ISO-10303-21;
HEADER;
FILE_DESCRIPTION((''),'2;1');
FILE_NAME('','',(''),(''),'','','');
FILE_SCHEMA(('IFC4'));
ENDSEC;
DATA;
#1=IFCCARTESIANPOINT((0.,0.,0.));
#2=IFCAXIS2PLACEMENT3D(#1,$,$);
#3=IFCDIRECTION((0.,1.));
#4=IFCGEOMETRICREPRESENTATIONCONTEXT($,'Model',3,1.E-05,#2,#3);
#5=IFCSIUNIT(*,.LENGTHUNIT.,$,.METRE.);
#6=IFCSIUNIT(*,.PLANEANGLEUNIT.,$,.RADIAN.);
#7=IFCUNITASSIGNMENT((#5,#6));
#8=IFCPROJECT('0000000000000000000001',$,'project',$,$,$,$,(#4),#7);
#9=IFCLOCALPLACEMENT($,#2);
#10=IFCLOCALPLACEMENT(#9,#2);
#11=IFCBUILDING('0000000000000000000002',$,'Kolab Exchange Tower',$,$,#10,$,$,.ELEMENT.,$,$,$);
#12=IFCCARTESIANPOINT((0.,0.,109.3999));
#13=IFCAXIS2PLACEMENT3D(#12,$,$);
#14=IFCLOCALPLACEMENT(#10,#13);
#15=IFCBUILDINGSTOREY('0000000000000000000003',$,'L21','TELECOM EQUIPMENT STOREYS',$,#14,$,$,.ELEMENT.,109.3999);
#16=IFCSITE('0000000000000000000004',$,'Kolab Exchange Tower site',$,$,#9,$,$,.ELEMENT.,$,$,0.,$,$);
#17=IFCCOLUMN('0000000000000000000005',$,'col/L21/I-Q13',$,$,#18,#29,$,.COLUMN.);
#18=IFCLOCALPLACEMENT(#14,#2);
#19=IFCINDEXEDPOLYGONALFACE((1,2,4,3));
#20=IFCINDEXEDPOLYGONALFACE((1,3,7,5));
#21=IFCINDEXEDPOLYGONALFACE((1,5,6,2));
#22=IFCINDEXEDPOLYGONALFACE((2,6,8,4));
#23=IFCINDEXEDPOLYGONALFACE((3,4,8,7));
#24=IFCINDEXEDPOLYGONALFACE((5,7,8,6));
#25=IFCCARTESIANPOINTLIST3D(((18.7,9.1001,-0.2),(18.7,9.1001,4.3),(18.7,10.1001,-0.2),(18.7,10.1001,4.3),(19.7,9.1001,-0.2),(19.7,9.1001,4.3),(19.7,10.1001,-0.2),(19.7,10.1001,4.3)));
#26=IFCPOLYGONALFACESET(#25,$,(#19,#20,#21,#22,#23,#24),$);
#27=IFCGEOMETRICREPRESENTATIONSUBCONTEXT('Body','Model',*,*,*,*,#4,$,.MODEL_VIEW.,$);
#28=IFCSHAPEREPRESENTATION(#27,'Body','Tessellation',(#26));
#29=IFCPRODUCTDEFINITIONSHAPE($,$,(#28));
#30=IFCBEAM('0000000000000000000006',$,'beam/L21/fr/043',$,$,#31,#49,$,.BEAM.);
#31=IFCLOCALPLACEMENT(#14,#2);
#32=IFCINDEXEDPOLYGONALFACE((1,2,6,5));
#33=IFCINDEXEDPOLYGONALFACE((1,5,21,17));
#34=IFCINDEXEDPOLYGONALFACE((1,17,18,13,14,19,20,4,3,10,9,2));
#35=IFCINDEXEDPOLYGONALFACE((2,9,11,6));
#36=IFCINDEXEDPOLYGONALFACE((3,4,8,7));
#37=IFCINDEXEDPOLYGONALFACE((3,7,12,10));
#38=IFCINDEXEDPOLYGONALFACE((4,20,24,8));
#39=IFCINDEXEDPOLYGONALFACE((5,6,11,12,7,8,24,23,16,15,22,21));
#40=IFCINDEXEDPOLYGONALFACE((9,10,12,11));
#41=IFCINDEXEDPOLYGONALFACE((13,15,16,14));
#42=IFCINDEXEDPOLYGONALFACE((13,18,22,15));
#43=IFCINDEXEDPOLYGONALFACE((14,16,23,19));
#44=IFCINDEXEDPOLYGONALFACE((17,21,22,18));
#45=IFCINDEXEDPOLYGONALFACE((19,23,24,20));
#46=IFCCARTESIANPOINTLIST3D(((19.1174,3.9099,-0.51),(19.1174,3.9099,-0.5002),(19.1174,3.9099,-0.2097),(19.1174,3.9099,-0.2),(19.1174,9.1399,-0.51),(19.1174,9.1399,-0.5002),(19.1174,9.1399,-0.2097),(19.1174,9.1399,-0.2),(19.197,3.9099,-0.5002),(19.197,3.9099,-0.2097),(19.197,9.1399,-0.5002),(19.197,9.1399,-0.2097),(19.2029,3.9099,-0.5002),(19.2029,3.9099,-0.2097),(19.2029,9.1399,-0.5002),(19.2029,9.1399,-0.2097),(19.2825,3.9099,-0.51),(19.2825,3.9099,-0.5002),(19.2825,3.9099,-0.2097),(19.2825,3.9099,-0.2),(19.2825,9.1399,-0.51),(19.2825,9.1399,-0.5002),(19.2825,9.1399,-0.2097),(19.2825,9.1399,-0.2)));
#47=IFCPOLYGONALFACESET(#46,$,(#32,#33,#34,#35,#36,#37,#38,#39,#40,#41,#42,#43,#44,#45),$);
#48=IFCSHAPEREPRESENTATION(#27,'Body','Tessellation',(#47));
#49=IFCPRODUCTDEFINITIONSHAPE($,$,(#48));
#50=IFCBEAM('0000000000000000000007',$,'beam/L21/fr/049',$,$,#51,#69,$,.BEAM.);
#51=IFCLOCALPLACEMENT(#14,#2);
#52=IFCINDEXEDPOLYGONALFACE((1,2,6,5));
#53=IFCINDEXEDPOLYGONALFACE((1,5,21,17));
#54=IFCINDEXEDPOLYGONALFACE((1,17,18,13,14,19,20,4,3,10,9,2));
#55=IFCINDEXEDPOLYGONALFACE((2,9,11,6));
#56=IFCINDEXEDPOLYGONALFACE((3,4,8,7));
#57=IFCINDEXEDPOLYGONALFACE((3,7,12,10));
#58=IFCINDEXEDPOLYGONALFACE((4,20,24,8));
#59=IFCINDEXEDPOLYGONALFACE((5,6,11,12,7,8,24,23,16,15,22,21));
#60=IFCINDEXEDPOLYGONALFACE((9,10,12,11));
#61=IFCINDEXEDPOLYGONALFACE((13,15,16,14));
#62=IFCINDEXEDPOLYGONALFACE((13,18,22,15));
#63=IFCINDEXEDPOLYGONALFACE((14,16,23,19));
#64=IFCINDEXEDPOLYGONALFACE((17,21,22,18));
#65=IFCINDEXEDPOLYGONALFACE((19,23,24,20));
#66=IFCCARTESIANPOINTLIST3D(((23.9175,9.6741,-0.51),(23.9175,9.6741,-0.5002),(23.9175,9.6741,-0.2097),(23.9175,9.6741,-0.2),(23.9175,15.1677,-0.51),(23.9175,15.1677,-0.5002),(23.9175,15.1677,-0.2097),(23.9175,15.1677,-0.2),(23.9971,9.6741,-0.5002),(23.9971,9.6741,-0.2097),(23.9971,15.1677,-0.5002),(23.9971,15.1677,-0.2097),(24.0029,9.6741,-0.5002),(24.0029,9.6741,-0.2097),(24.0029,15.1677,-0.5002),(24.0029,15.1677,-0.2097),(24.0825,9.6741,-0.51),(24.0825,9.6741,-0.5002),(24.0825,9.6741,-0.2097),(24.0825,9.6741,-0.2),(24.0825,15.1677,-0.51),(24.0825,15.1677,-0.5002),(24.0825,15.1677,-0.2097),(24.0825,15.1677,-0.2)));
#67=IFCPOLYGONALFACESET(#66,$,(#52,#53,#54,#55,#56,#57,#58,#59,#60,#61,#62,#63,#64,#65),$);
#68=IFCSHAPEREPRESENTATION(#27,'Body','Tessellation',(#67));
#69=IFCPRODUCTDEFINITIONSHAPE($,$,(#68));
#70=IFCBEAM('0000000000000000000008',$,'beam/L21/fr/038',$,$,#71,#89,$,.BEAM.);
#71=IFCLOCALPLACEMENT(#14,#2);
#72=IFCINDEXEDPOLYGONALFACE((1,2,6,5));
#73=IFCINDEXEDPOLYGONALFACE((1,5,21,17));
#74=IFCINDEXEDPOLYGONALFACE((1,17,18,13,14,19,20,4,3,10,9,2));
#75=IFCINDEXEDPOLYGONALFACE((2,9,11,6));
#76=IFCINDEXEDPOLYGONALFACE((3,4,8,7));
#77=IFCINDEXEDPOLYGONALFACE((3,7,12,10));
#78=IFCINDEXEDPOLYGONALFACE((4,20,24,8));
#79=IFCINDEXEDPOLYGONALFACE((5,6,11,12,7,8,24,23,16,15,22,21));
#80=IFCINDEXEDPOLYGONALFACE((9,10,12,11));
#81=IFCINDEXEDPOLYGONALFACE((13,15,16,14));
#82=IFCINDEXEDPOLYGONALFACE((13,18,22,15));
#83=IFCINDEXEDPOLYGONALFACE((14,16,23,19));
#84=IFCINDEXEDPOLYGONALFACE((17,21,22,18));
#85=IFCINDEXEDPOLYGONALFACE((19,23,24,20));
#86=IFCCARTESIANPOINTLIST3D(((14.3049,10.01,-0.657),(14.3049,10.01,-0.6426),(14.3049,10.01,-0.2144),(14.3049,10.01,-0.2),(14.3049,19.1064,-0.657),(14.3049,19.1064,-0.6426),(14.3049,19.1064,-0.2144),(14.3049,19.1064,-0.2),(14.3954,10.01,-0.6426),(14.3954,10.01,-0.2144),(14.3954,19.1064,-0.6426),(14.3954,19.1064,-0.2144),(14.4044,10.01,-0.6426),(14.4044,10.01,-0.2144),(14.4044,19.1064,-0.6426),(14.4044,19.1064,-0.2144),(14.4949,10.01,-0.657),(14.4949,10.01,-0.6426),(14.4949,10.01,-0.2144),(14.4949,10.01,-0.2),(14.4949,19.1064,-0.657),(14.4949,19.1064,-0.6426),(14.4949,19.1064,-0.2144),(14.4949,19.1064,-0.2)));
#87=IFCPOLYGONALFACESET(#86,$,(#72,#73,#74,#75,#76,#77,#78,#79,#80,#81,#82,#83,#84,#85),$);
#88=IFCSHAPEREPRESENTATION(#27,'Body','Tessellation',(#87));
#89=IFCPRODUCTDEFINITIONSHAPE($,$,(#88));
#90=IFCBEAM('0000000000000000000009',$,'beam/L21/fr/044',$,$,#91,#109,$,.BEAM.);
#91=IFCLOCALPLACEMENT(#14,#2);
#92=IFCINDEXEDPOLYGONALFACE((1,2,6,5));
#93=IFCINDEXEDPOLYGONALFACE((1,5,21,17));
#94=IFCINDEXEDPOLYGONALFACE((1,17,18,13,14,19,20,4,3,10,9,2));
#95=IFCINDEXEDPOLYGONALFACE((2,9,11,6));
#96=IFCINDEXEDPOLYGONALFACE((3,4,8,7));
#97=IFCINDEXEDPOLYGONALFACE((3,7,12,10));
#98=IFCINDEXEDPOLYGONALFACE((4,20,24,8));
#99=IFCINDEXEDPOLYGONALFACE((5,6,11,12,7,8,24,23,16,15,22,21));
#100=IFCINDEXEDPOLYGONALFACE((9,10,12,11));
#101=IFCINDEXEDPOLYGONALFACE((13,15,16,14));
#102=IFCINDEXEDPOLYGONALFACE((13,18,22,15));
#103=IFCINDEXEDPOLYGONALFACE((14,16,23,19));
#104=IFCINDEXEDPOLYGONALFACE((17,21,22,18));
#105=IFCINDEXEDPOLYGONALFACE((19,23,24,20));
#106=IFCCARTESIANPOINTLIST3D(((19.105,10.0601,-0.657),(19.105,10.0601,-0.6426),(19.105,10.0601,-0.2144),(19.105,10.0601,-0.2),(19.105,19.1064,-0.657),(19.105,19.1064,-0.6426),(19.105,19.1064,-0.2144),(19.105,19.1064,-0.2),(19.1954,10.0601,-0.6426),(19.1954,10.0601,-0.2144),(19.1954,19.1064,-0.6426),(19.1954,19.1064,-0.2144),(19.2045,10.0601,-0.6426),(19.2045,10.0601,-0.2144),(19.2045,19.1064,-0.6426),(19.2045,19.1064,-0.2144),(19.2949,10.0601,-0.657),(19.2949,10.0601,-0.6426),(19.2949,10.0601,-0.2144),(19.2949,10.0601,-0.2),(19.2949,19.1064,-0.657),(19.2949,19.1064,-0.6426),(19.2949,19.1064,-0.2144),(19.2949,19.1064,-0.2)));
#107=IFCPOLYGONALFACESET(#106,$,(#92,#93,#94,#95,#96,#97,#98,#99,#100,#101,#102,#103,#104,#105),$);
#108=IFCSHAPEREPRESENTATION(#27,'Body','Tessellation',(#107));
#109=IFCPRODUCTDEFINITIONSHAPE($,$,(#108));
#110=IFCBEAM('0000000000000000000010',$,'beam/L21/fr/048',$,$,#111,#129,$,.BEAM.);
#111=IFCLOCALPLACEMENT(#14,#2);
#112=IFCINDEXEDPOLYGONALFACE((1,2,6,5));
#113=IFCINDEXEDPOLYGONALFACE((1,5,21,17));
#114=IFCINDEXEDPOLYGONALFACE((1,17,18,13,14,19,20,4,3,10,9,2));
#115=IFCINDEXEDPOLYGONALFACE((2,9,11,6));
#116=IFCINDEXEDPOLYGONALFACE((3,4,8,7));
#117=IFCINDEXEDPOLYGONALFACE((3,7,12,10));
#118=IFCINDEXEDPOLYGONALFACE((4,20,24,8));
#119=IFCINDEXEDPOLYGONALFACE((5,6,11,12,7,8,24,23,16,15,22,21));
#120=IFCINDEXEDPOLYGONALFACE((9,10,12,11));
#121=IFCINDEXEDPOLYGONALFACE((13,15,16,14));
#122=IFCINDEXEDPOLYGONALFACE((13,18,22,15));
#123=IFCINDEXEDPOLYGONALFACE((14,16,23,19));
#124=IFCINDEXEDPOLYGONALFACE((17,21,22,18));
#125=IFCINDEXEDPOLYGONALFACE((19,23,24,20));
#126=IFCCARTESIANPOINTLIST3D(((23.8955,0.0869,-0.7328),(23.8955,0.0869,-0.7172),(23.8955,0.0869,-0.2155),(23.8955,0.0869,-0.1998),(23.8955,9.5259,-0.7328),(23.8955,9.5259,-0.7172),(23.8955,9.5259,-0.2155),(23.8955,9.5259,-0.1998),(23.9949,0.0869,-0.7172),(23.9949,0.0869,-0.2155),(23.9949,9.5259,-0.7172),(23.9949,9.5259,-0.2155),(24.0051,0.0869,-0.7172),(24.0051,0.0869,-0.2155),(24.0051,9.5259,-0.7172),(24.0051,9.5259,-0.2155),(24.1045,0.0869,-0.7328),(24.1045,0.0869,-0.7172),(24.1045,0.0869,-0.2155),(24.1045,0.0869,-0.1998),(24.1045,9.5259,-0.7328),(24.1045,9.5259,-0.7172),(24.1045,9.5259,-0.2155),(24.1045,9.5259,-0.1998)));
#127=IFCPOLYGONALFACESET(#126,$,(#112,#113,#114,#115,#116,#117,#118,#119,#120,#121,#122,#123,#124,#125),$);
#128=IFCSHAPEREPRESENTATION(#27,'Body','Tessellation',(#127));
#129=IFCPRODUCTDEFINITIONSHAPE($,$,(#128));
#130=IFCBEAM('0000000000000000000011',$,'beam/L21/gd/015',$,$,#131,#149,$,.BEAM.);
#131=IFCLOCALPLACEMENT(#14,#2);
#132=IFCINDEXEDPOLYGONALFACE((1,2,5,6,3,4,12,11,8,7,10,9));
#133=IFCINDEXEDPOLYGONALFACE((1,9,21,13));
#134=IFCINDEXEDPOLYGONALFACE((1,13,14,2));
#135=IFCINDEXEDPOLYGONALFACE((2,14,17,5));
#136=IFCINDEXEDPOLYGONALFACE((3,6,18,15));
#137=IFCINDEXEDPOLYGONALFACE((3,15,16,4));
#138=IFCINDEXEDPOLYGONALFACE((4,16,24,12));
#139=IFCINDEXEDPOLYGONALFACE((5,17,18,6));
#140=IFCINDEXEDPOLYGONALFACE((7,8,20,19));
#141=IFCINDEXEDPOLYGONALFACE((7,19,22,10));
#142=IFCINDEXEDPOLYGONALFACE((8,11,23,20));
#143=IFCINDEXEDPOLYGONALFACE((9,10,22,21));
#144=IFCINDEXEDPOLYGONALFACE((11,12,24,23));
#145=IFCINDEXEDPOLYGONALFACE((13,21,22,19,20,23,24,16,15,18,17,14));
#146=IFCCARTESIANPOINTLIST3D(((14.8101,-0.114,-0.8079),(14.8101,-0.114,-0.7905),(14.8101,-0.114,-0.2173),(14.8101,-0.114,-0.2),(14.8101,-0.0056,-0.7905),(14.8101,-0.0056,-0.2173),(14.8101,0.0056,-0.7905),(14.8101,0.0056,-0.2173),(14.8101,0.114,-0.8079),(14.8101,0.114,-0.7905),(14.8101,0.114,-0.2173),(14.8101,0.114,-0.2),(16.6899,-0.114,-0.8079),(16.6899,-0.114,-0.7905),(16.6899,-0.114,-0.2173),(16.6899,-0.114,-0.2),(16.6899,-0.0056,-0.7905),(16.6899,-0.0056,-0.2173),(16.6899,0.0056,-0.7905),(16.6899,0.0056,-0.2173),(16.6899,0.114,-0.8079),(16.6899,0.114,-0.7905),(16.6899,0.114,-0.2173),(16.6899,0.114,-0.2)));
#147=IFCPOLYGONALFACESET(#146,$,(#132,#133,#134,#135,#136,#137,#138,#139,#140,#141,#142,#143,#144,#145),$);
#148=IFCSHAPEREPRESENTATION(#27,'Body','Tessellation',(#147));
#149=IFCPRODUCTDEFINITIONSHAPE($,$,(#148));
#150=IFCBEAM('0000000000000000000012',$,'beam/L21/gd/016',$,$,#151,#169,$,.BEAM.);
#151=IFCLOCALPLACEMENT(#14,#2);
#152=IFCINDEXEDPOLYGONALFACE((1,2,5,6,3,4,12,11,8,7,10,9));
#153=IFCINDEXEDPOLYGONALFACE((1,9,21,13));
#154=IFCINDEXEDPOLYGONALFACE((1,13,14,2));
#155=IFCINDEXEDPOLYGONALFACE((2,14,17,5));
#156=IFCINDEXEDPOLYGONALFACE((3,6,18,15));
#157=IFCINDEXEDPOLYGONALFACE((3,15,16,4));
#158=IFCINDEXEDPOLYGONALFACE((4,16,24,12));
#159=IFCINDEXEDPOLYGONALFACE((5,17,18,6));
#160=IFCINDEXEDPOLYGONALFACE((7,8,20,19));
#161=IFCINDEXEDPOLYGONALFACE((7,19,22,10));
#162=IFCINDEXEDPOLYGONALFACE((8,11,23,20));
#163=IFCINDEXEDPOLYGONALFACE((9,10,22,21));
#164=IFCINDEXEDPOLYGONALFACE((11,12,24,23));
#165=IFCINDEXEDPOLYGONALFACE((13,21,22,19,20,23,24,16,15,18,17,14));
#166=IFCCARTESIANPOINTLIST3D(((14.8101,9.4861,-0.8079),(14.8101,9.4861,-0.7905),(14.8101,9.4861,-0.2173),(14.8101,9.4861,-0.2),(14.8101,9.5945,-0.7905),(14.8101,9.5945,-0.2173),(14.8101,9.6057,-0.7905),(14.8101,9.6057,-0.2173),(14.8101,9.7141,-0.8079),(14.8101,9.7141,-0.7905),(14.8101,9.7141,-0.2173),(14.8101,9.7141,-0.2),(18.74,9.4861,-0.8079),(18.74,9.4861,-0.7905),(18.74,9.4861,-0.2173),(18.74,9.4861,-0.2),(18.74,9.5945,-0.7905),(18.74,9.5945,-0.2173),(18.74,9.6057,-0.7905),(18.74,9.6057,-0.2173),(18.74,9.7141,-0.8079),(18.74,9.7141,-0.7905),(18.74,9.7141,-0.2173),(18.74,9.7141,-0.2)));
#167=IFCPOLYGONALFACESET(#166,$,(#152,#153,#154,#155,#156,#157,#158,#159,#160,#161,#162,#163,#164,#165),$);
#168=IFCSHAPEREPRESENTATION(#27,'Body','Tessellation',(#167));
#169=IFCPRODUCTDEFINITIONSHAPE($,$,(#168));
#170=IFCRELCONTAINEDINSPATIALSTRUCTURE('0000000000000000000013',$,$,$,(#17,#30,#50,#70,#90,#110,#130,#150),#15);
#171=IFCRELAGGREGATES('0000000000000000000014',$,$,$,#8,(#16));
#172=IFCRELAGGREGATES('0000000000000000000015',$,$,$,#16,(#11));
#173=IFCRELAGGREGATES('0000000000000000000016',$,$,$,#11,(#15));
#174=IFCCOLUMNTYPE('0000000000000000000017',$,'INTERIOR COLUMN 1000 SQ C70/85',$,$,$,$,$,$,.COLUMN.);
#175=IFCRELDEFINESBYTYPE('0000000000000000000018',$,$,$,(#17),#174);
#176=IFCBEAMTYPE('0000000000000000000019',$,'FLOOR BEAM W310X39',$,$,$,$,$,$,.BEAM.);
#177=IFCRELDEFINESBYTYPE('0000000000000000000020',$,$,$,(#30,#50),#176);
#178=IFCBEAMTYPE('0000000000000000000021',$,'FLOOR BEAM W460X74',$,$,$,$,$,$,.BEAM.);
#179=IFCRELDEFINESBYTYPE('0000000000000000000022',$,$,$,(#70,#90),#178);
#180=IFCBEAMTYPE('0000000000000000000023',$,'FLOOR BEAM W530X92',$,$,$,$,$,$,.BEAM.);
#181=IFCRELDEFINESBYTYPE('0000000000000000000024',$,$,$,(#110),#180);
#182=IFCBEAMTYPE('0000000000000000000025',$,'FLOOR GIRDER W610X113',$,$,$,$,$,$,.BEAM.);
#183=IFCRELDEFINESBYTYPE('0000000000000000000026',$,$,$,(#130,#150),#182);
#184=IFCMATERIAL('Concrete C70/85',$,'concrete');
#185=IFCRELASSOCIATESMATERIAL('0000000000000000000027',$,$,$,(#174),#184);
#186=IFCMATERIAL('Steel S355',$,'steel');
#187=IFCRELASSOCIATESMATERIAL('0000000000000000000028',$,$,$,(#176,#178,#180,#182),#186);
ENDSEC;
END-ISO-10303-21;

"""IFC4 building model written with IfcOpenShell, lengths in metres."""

from ifc_helpers import new_model, si_unit, direction, frame, origin, origin_2d, place, context, subcontext, project, spatial, rectangle, i_section, extrude, material, material_profile, profile_set, type_object, element, save


model = new_model("IFC4")

# Units and contexts
model_context = context("Model", 3, precision=1e-05, world=origin(), true_north=direction((0.0, 1.0)))
body_context = subcontext(model_context, "Body", "Model", "MODEL_VIEW")
ifc_project = project(units=[si_unit("LENGTHUNIT", "METRE"), si_unit("PLANEANGLEUNIT", "RADIAN")], contexts=[model_context])

# Site, building, storey
site_placement = place(None, origin())
site = spatial("IfcSite", under=ifc_project, at=site_placement, Name="Kolab Exchange Tower site", CompositionType="ELEMENT", RefElevation=0.0)
building_placement = place(site_placement, origin())
building = spatial("IfcBuilding", under=site, at=building_placement, Name="Kolab Exchange Tower", CompositionType="ELEMENT")
storey_placement = place(building_placement, frame((0.0, 0.0, 109.3999)))
storey = spatial("IfcBuildingStorey", under=building, at=storey_placement, Name="L21", Description="TELECOM EQUIPMENT STOREYS", CompositionType="ELEMENT", Elevation=109.3999)

# Column
ifc_material_1 = material(Name="Concrete C70/85", Category="concrete")
ifc_material_profile_1 = material_profile(ifc_material_1, rectangle(XDim=1.0, YDim=1.0, at=origin_2d()), Name="RC1000")
ifc_profile_set_1 = profile_set([ifc_material_profile_1], Name="Concrete C70/85")
column_type = type_object("IfcColumnType", Name="INTERIOR COLUMN 1000 SQ C70/85", PredefinedType="COLUMN", material=ifc_profile_set_1)
column_placement = place(storey_placement, frame((19.2, 9.6001, -0.2), z_axis=(0.0, 0.0, 1.0), x_axis=(1.0, 0.0, 0.0)))
element("IfcColumn", 1, at=column_placement, inside=storey, type_object=column_type, Name="col/L21/I-Q13", PredefinedType="COLUMN", context=body_context, shape_type="SweptSolid", body=[
    extrude(rectangle(XDim=1.0, YDim=1.0, at=origin_2d()), origin(), (0.0, 0.0, 1.0), 4.5),
])

# Beams
ifc_material_2 = material(Name="Steel S355", Category="steel")
ifc_material_profile_2 = material_profile(ifc_material_2, i_section(OverallWidth=0.165, OverallDepth=0.3101, WebThickness=0.0059, FlangeThickness=0.0098, at=origin_2d()), Name="W310X39")
ifc_profile_set_2 = profile_set([ifc_material_profile_2], Name="Steel S355")
beam_type_1 = type_object("IfcBeamType", Name="FLOOR BEAM W310X39", PredefinedType="BEAM", material=ifc_profile_set_2)
beam_1_placement = place(storey_placement, frame((19.2, 3.9099, -0.355), z_axis=(0.0, 1.0, 0.0), x_axis=(-1.0, 0.0, 0.0)))
element("IfcBeam", 2, at=beam_1_placement, inside=storey, type_object=beam_type_1, Name="beam/L21/fr/043", PredefinedType="BEAM", context=body_context, shape_type="SweptSolid", body=[
    extrude(i_section(OverallWidth=0.165, OverallDepth=0.3101, WebThickness=0.0059, FlangeThickness=0.0098, at=origin_2d()), origin(), (0.0, 0.0, 1.0), 5.23),
])
beam_2_placement = place(storey_placement, frame((24.0, 9.6741, -0.355), z_axis=(0.0, 1.0, 0.0), x_axis=(-1.0, 0.0, 0.0)))
element("IfcBeam", 3, at=beam_2_placement, inside=storey, type_object=beam_type_1, Name="beam/L21/fr/049", PredefinedType="BEAM", context=body_context, shape_type="SweptSolid", body=[
    extrude(i_section(OverallWidth=0.165, OverallDepth=0.3101, WebThickness=0.0059, FlangeThickness=0.0098, at=origin_2d()), origin(), (0.0, 0.0, 1.0), 5.4937),
])
ifc_material_profile_3 = material_profile(ifc_material_2, i_section(OverallWidth=0.1899, OverallDepth=0.457, WebThickness=0.009, FlangeThickness=0.0144, at=origin_2d()), Name="W460X74")
ifc_profile_set_3 = profile_set([ifc_material_profile_3], Name="Steel S355")
beam_type_2 = type_object("IfcBeamType", Name="FLOOR BEAM W460X74", PredefinedType="BEAM", material=ifc_profile_set_3)
beam_3_placement = place(storey_placement, frame((14.3999, 10.01, -0.4285), z_axis=(0.0, 1.0, 0.0), x_axis=(-1.0, 0.0, 0.0)))
element("IfcBeam", 4, at=beam_3_placement, inside=storey, type_object=beam_type_2, Name="beam/L21/fr/038", PredefinedType="BEAM", context=body_context, shape_type="SweptSolid", body=[
    extrude(i_section(OverallWidth=0.1899, OverallDepth=0.457, WebThickness=0.009, FlangeThickness=0.0144, at=origin_2d()), origin(), (0.0, 0.0, 1.0), 9.0964),
])
beam_4_placement = place(storey_placement, frame((19.2, 10.0601, -0.4285), z_axis=(0.0, 1.0, 0.0), x_axis=(-1.0, 0.0, 0.0)))
element("IfcBeam", 5, at=beam_4_placement, inside=storey, type_object=beam_type_2, Name="beam/L21/fr/044", PredefinedType="BEAM", context=body_context, shape_type="SweptSolid", body=[
    extrude(i_section(OverallWidth=0.1899, OverallDepth=0.457, WebThickness=0.009, FlangeThickness=0.0144, at=origin_2d()), origin(), (0.0, 0.0, 1.0), 9.0464),
])
ifc_material_profile_4 = material_profile(ifc_material_2, i_section(OverallWidth=0.209, OverallDepth=0.533, WebThickness=0.0103, FlangeThickness=0.0156, at=origin_2d()), Name="W530X92")
ifc_profile_set_4 = profile_set([ifc_material_profile_4], Name="Steel S355")
beam_type_3 = type_object("IfcBeamType", Name="FLOOR BEAM W530X92", PredefinedType="BEAM", material=ifc_profile_set_4)
beam_5_placement = place(storey_placement, frame((24.0, 0.0869, -0.4663), z_axis=(0.0, 1.0, 0.0), x_axis=(-1.0, 0.0, 0.0)))
element("IfcBeam", 6, at=beam_5_placement, inside=storey, type_object=beam_type_3, Name="beam/L21/fr/048", PredefinedType="BEAM", context=body_context, shape_type="SweptSolid", body=[
    extrude(i_section(OverallWidth=0.209, OverallDepth=0.533, WebThickness=0.0103, FlangeThickness=0.0156, at=origin_2d()), origin(), (0.0, 0.0, 1.0), 9.439),
])
ifc_material_profile_5 = material_profile(ifc_material_2, i_section(OverallWidth=0.228, OverallDepth=0.6079, WebThickness=0.0112, FlangeThickness=0.0173, at=origin_2d()), Name="W610X113")
ifc_profile_set_5 = profile_set([ifc_material_profile_5], Name="Steel S355")
beam_type_4 = type_object("IfcBeamType", Name="FLOOR GIRDER W610X113", PredefinedType="BEAM", material=ifc_profile_set_5)
beam_6_placement = place(storey_placement, frame((14.8101, 0.0, -0.5039), z_axis=(1.0, 0.0, 0.0), x_axis=(0.0, 1.0, 0.0)))
element("IfcBeam", 7, at=beam_6_placement, inside=storey, type_object=beam_type_4, Name="beam/L21/gd/015", PredefinedType="BEAM", context=body_context, shape_type="SweptSolid", body=[
    extrude(i_section(OverallWidth=0.228, OverallDepth=0.6079, WebThickness=0.0112, FlangeThickness=0.0173, at=origin_2d()), origin(), (0.0, 0.0, 1.0), 1.8799),
])
beam_7_placement = place(storey_placement, frame((14.8101, 9.6001, -0.5039), z_axis=(1.0, 0.0, 0.0), x_axis=(0.0, 1.0, 0.0)))
element("IfcBeam", 8, at=beam_7_placement, inside=storey, type_object=beam_type_4, Name="beam/L21/gd/016", PredefinedType="BEAM", context=body_context, shape_type="SweptSolid", body=[
    extrude(i_section(OverallWidth=0.228, OverallDepth=0.6079, WebThickness=0.0112, FlangeThickness=0.0173, at=origin_2d()), origin(), (0.0, 0.0, 1.0), 3.9299),
])

save(model, "model.ifc")
